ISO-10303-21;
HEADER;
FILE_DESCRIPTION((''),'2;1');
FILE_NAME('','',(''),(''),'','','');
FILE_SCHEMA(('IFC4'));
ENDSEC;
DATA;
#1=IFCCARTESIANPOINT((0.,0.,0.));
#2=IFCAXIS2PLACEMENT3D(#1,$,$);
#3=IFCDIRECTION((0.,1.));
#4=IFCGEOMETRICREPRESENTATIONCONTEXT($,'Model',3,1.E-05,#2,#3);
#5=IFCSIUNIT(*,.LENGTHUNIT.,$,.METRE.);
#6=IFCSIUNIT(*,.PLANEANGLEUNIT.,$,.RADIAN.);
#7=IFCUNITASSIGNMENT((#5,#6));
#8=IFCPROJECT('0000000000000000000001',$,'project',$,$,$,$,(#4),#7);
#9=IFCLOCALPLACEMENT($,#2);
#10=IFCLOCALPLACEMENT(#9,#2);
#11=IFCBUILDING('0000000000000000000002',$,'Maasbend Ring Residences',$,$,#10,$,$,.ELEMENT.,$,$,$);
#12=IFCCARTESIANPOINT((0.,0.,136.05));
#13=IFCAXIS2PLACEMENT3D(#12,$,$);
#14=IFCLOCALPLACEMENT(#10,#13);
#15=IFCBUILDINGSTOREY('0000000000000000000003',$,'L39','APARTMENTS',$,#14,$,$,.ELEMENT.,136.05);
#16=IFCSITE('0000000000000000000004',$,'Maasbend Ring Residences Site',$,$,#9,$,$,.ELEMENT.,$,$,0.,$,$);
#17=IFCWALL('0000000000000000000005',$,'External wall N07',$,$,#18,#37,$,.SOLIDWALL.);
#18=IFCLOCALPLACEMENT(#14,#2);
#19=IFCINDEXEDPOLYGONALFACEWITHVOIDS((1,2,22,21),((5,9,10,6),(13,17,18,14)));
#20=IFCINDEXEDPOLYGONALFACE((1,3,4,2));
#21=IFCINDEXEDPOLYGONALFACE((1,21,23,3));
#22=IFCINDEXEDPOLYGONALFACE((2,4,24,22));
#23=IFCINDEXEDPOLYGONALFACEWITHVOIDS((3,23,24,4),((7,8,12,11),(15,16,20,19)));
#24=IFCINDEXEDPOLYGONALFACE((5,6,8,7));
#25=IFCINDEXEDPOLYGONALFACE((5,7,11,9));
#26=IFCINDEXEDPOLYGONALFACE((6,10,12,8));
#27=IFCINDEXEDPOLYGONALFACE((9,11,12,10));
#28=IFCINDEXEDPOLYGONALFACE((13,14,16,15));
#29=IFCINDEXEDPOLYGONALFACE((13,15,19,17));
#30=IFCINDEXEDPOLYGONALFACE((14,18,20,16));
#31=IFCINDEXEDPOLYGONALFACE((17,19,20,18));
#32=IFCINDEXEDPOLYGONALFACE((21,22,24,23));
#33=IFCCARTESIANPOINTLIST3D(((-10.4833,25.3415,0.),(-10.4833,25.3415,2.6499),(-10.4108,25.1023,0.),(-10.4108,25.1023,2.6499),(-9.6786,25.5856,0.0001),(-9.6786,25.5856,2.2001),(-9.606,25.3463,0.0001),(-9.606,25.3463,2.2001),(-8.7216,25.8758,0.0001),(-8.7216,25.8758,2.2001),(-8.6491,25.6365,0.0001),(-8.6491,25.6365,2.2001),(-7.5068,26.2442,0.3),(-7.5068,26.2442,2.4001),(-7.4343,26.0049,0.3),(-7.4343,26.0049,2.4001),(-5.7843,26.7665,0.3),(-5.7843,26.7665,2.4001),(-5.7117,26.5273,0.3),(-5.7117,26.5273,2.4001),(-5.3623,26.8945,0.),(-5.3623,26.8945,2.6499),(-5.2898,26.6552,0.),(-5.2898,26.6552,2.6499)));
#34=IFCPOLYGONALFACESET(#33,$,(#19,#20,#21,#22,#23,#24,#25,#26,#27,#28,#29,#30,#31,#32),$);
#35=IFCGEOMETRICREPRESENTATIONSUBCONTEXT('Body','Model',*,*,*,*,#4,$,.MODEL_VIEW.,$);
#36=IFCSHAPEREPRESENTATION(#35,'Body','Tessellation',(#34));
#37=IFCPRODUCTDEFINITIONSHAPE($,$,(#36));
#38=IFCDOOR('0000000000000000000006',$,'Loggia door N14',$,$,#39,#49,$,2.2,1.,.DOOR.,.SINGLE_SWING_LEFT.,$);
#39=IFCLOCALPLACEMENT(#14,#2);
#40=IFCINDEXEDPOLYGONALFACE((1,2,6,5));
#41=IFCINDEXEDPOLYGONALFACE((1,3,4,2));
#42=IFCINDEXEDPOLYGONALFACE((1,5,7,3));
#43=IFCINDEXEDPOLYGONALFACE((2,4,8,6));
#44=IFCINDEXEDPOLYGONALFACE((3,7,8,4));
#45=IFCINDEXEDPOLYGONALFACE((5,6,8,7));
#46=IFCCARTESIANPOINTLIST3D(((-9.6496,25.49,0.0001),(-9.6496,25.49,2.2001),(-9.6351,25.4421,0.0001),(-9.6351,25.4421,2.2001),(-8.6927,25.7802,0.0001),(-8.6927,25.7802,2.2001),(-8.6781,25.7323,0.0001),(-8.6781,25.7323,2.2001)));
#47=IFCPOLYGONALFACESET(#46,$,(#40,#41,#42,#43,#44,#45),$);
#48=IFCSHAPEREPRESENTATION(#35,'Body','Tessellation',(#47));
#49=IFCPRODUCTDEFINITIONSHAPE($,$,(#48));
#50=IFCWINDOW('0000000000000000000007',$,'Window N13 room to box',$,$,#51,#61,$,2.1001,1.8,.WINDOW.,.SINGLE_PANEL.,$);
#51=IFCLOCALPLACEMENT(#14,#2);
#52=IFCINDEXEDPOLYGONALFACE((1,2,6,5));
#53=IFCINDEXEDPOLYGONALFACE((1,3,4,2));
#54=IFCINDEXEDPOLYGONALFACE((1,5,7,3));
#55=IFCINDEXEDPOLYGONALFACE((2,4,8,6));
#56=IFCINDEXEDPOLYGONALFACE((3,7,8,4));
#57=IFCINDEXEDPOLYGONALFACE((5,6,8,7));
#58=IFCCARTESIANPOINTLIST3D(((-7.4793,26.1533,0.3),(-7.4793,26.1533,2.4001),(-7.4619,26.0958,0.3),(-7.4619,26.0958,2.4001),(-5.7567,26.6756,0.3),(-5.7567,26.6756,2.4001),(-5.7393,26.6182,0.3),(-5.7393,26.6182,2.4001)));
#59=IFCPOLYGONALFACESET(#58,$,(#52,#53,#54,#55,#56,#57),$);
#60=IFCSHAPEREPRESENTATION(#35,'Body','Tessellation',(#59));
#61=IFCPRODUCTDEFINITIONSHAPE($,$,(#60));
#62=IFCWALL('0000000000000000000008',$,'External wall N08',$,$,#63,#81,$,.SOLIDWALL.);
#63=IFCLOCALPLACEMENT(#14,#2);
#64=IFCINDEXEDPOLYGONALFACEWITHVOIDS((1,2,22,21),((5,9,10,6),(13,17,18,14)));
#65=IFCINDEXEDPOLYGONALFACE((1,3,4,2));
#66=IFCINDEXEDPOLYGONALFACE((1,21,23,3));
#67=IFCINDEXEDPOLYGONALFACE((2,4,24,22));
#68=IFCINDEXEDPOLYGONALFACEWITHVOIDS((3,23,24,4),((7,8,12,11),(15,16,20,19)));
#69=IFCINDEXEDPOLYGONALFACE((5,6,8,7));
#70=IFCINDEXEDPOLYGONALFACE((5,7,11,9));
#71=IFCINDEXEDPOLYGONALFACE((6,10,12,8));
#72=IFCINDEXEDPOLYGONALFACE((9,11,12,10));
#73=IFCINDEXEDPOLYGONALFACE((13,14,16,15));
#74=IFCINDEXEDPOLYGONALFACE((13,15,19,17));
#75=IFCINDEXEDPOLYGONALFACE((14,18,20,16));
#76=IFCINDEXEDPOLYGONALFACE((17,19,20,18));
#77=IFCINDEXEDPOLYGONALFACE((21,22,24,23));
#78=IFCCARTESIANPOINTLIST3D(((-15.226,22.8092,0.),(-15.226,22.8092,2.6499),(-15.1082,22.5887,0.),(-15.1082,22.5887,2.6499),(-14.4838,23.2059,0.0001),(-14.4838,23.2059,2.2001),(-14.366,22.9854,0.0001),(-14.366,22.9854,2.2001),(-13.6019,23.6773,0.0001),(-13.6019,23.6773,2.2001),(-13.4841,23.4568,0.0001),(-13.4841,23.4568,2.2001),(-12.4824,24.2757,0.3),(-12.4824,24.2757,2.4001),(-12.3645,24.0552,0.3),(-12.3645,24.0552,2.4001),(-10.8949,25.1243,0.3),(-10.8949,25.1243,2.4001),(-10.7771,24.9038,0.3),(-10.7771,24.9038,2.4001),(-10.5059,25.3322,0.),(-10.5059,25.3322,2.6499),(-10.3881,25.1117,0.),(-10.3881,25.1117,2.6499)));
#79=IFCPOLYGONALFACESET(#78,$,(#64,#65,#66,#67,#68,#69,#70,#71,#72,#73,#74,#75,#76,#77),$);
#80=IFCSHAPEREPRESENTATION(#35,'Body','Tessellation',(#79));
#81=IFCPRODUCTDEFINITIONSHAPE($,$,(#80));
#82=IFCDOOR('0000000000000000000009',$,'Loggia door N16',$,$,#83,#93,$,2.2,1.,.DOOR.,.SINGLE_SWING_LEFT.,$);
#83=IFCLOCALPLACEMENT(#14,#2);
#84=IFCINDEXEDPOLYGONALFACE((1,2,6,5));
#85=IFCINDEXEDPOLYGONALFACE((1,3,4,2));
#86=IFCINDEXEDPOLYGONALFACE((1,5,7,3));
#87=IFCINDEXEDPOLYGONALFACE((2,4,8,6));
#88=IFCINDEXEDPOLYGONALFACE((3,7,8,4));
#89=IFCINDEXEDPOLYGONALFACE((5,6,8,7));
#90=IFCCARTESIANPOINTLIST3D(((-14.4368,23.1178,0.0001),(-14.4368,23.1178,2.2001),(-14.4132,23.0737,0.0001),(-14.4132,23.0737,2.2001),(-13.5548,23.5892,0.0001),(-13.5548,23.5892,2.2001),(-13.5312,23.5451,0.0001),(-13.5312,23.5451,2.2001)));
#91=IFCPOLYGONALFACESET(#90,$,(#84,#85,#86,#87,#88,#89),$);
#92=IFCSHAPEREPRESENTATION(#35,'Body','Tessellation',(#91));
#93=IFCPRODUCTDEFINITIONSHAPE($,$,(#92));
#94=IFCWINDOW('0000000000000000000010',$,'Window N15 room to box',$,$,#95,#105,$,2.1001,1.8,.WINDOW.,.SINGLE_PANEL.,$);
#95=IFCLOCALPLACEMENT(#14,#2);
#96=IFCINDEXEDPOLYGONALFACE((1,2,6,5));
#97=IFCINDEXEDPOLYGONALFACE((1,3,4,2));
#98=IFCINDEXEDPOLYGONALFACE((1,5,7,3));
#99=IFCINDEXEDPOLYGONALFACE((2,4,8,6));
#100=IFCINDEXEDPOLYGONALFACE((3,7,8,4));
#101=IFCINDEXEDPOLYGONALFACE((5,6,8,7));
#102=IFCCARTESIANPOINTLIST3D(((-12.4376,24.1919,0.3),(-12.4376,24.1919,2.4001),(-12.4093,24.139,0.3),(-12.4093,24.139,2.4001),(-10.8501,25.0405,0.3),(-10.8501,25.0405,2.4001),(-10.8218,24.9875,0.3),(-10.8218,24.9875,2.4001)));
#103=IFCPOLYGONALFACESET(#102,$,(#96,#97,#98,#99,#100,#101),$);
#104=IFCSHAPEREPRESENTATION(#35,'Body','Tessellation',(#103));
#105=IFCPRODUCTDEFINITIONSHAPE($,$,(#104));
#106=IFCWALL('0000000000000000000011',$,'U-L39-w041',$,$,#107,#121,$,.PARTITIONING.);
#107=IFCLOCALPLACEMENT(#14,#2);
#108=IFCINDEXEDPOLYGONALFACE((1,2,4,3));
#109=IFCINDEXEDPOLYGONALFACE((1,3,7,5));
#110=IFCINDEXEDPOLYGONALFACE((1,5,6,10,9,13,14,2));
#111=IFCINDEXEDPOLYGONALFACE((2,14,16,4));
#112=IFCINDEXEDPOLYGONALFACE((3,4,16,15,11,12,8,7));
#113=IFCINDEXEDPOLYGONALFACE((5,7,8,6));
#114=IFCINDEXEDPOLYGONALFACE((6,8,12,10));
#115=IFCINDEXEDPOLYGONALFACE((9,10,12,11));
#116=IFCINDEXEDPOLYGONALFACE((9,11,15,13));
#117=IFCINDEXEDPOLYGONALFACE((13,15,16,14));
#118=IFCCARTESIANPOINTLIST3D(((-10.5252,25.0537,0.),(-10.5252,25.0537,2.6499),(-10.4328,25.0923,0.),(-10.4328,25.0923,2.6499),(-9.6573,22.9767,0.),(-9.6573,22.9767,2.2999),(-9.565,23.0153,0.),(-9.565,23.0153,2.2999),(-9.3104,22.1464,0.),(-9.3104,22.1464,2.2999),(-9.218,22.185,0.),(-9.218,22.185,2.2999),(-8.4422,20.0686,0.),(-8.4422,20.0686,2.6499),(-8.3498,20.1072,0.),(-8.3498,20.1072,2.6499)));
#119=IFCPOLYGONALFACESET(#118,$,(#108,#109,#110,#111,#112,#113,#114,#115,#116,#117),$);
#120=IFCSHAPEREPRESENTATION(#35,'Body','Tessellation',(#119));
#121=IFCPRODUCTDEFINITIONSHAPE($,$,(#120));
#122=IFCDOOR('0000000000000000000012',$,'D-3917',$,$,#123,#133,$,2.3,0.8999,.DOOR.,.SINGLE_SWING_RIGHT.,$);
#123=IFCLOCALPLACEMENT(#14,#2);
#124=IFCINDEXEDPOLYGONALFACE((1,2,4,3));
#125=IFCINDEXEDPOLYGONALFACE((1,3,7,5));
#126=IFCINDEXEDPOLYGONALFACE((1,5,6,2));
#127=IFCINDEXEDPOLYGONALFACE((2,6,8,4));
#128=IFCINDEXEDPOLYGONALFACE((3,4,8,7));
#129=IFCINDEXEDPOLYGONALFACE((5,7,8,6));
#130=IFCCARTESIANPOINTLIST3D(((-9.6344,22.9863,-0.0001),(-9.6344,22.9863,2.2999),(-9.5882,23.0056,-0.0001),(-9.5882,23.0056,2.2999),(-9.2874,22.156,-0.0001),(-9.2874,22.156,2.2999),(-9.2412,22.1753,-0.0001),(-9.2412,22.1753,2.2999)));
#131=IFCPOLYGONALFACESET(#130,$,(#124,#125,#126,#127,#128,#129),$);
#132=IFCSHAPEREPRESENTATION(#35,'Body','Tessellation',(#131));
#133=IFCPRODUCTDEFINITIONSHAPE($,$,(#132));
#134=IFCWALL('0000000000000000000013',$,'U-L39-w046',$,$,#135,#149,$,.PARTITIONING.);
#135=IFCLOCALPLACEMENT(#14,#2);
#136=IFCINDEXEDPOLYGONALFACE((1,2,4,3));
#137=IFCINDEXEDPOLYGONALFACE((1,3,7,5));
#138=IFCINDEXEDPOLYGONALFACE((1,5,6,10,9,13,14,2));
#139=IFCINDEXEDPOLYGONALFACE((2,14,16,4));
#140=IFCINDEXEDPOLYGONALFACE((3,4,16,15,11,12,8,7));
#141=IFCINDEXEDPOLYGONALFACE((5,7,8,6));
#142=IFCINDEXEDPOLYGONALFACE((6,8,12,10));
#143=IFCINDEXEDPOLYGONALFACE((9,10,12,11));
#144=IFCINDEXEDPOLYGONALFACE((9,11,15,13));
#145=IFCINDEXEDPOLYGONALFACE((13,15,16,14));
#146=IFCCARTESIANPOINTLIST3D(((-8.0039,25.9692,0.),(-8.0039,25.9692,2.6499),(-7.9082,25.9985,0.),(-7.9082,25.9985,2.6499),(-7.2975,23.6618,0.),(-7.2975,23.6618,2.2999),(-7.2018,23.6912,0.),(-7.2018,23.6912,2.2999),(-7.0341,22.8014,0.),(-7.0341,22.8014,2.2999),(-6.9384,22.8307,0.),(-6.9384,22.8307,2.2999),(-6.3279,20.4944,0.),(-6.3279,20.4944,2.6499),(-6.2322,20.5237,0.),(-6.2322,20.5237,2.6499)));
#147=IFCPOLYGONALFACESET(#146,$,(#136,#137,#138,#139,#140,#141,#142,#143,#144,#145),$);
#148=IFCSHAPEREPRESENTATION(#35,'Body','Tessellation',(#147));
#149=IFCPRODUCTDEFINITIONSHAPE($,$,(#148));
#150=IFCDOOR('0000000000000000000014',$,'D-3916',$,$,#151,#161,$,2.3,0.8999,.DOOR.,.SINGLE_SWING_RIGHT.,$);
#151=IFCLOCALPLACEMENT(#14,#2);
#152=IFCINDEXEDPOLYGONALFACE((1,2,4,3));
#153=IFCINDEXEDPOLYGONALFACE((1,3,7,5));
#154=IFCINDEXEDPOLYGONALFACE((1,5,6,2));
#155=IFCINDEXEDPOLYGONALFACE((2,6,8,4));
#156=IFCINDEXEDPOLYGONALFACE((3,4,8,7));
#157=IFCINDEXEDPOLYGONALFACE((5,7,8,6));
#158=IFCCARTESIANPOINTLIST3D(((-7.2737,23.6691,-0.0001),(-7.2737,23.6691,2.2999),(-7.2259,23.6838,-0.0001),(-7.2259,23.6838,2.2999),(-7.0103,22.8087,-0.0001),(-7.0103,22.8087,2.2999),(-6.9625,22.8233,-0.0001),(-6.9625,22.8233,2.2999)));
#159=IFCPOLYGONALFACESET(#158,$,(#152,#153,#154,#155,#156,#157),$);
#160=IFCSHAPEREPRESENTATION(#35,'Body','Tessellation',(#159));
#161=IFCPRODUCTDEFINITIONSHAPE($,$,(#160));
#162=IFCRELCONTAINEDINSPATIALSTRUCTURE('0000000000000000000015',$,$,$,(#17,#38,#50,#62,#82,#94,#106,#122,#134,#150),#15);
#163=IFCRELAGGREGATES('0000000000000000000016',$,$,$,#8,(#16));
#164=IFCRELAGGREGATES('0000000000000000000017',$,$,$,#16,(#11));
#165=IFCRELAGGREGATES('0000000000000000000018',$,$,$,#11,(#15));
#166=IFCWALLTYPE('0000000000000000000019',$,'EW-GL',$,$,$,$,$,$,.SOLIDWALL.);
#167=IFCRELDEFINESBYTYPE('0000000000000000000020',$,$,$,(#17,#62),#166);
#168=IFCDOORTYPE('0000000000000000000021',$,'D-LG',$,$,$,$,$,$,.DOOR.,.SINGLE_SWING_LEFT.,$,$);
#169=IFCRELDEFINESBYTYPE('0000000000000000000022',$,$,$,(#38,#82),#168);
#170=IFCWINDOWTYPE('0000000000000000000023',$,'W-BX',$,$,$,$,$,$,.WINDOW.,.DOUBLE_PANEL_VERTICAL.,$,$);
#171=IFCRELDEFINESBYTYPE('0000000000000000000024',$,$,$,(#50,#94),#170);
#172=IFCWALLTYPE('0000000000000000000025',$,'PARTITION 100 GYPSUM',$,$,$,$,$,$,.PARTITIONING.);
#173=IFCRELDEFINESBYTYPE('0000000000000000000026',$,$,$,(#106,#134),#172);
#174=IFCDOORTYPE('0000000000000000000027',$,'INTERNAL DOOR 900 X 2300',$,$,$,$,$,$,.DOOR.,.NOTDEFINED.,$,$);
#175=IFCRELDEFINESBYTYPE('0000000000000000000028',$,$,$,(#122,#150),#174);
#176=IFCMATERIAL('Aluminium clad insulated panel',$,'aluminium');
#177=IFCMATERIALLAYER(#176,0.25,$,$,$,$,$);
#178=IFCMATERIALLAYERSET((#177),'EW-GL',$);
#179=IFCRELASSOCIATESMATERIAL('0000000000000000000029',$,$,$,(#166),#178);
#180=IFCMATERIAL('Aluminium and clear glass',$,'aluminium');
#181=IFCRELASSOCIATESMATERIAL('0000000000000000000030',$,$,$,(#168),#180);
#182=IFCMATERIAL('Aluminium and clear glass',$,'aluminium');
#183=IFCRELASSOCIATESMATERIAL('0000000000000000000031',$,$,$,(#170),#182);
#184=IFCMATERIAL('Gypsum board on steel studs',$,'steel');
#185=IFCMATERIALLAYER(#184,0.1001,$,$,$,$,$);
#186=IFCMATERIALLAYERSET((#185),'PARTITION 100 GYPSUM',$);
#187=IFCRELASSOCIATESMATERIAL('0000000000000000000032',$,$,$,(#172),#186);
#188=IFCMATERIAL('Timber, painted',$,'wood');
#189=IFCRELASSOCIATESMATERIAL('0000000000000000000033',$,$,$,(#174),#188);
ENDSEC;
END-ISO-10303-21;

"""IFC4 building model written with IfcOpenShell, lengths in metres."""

from ifc_helpers import new_model, si_unit, direction, frame, frame_2d, origin, place, context, subcontext, project, spatial, rectangle, extrude, material, layer, layer_set, type_object, element, fill, save


model = new_model("IFC4")

# Units and contexts
model_context = context("Model", 3, precision=1e-05, world=origin(), true_north=direction((0.0, 1.0)))
body_context = subcontext(model_context, "Body", "Model", "MODEL_VIEW")
ifc_project = project(units=[si_unit("LENGTHUNIT", "METRE"), si_unit("PLANEANGLEUNIT", "RADIAN")], contexts=[model_context])

# Site, building, storey
site_placement = place(None, origin())
site = spatial("IfcSite", under=ifc_project, at=site_placement, Name="Maasbend Ring Residences Site", CompositionType="ELEMENT", RefElevation=0.0)
building_placement = place(site_placement, origin())
building = spatial("IfcBuilding", under=site, at=building_placement, Name="Maasbend Ring Residences", CompositionType="ELEMENT")
storey_placement = place(building_placement, frame((0.0, 0.0, 136.05)))
storey = spatial("IfcBuildingStorey", under=building, at=storey_placement, Name="L39", Description="APARTMENTS", CompositionType="ELEMENT", Elevation=136.05)

# Walls, openings, doors, windows
ifc_material_1 = material(Name="Aluminium clad insulated panel", Category="aluminium")
ifc_layer_1 = layer(ifc_material_1, 0.25)
ifc_layer_set_1 = layer_set([ifc_layer_1], Name="EW-GL")
wall_type_1 = type_object("IfcWallType", Name="EW-GL", PredefinedType="SOLIDWALL", material=ifc_layer_set_1)
wall_1_placement = place(storey_placement, frame((-5.3259, 26.7749, 0.0), z_axis=(0.0, 0.0, 1.0), x_axis=(-0.956966, -0.290201, 0.0)))
wall_1 = element("IfcWall", 1, at=wall_1_placement, inside=storey, type_object=wall_type_1, Name="External wall N07", PredefinedType="SOLIDWALL", context=body_context, shape_type="SweptSolid", body=[
    extrude(rectangle(XDim=5.3513, YDim=0.25, at=frame_2d((2.6758, 0.0))), origin(), (0.0, 0.0, 1.0), 2.6499),
])
opening_1_placement = place(wall_1_placement, frame((0.4412, 0.0, 0.3)))
opening_1 = element("IfcOpeningElement", 2, at=opening_1_placement, cuts=wall_1, PredefinedType="OPENING", context=body_context, shape_type="SweptSolid", body=[
    extrude(rectangle(XDim=1.8, YDim=2.1001, at=frame_2d((0.8999, 1.05))), frame((0.0, 0.135, 0.0), z_axis=(0.0, -1.0, 0.0), x_axis=(1.0, 0.0, 0.0)), (0.0, 0.0, 1.0), 0.27),
])
opening_2_placement = place(wall_1_placement, frame((3.5105, 0.0, 0.0)))
opening_2 = element("IfcOpeningElement", 3, at=opening_2_placement, cuts=wall_1, PredefinedType="OPENING", context=body_context, shape_type="SweptSolid", body=[
    extrude(rectangle(XDim=1.0, YDim=2.2, at=frame_2d((0.5, 1.1001))), frame((0.0, 0.135, 0.0), z_axis=(0.0, -1.0, 0.0), x_axis=(1.0, 0.0, 0.0)), (0.0, 0.0, 1.0), 0.27),
])
ifc_material_2 = material(Name="Aluminium and clear glass", Category="aluminium")
door_type_1 = type_object("IfcDoorType", Name="D-LG", OperationType="SINGLE_SWING_LEFT", PredefinedType="DOOR", material=ifc_material_2)
door_1_placement = place(opening_2_placement, origin())
door_1 = element("IfcDoor", 4, at=door_1_placement, inside=storey, type_object=door_type_1, Name="Loggia door N14", OperationType="SINGLE_SWING_LEFT", OverallHeight=2.2, OverallWidth=1.0, PredefinedType="DOOR", context=body_context, shape_type="SweptSolid", body=[
    extrude(rectangle(XDim=1.0, YDim=2.2, at=frame_2d((0.5, 1.1001))), frame((0.0, 0.0249, 0.0), z_axis=(0.0, -1.0, 0.0), x_axis=(1.0, 0.0, 0.0)), (0.0, 0.0, 1.0), 0.05),
])
fill(opening_2, door_1)
ifc_material_3 = material(Name="Aluminium and clear glass", Category="aluminium")
window_type_1 = type_object("IfcWindowType", Name="W-BX", PartitioningType="DOUBLE_PANEL_VERTICAL", PredefinedType="WINDOW", material=ifc_material_3)
window_1_placement = place(opening_1_placement, origin())
window_1 = element("IfcWindow", 5, at=window_1_placement, inside=storey, type_object=window_type_1, Name="Window N13 room to box", OverallHeight=2.1001, OverallWidth=1.8, PartitioningType="SINGLE_PANEL", PredefinedType="WINDOW", context=body_context, shape_type="SweptSolid", body=[
    extrude(rectangle(XDim=1.8, YDim=2.1001, at=frame_2d((0.8999, 1.05))), frame((0.0, 0.03, 0.0), z_axis=(0.0, -1.0, 0.0), x_axis=(1.0, 0.0, 0.0)), (0.0, 0.0, 1.0), 0.0601),
])
fill(opening_1, window_1)
wall_2_placement = place(storey_placement, frame((-10.447, 25.2219, 0.0), z_axis=(0.0, 0.0, 1.0), x_axis=(-0.881916, -0.471407, 0.0)))
wall_2 = element("IfcWall", 6, at=wall_2_placement, inside=storey, type_object=wall_type_1, Name="External wall N08", PredefinedType="SOLIDWALL", context=body_context, shape_type="SweptSolid", body=[
    extrude(rectangle(XDim=5.3521, YDim=0.25, at=frame_2d((2.676, 0.0))), origin(), (0.0, 0.0, 1.0), 2.6499),
])
opening_3_placement = place(wall_2_placement, frame((0.4412, 0.0, 0.3)))
opening_3 = element("IfcOpeningElement", 7, at=opening_3_placement, cuts=wall_2, PredefinedType="OPENING", context=body_context, shape_type="SweptSolid", body=[
    extrude(rectangle(XDim=1.8, YDim=2.1001, at=frame_2d((0.8999, 1.05))), frame((0.0, 0.135, 0.0), z_axis=(0.0, -1.0, 0.0), x_axis=(1.0, 0.0, 0.0)), (0.0, 0.0, 1.0), 0.27),
])
opening_4_placement = place(wall_2_placement, frame((3.5105, 0.0, 0.0)))
opening_4 = element("IfcOpeningElement", 8, at=opening_4_placement, cuts=wall_2, PredefinedType="OPENING", context=body_context, shape_type="SweptSolid", body=[
    extrude(rectangle(XDim=1.0, YDim=2.2, at=frame_2d((0.5, 1.1001))), frame((0.0, 0.135, 0.0), z_axis=(0.0, -1.0, 0.0), x_axis=(1.0, 0.0, 0.0)), (0.0, 0.0, 1.0), 0.27),
])
door_2_placement = place(opening_4_placement, origin())
door_2 = element("IfcDoor", 9, at=door_2_placement, inside=storey, type_object=door_type_1, Name="Loggia door N16", OperationType="SINGLE_SWING_LEFT", OverallHeight=2.2, OverallWidth=1.0, PredefinedType="DOOR", context=body_context, shape_type="SweptSolid", body=[
    extrude(rectangle(XDim=1.0, YDim=2.2, at=frame_2d((0.5, 1.1001))), frame((0.0, 0.0249, 0.0), z_axis=(0.0, -1.0, 0.0), x_axis=(1.0, 0.0, 0.0)), (0.0, 0.0, 1.0), 0.05),
])
fill(opening_4, door_2)
window_2_placement = place(opening_3_placement, origin())
window_2 = element("IfcWindow", 10, at=window_2_placement, inside=storey, type_object=window_type_1, Name="Window N15 room to box", OverallHeight=2.1001, OverallWidth=1.8, PartitioningType="SINGLE_PANEL", PredefinedType="WINDOW", context=body_context, shape_type="SweptSolid", body=[
    extrude(rectangle(XDim=1.8, YDim=2.1001, at=frame_2d((0.8999, 1.05))), frame((0.0, 0.03, 0.0), z_axis=(0.0, -1.0, 0.0), x_axis=(1.0, 0.0, 0.0)), (0.0, 0.0, 1.0), 0.0601),
])
fill(opening_3, window_2)

# Walls, openings, doors
ifc_material_4 = material(Name="Gypsum board on steel studs", Category="steel")
ifc_layer_2 = layer(ifc_material_4, 0.1001)
ifc_layer_set_2 = layer_set([ifc_layer_2], Name="PARTITION 100 GYPSUM")
wall_type_2 = type_object("IfcWallType", Name="PARTITION 100 GYPSUM", PredefinedType="PARTITIONING", material=ifc_layer_set_2)
wall_3_placement = place(storey_placement, frame((-10.479, 25.073, 0.0), z_axis=(0.0, 0.0, 1.0), x_axis=(0.385542, -0.92269, 0.0)))
wall_3 = element("IfcWall", 11, at=wall_3_placement, inside=storey, type_object=wall_type_2, Name="U-L39-w041", PredefinedType="PARTITIONING", context=body_context, shape_type="SweptSolid", body=[
    extrude(rectangle(XDim=5.4028, YDim=0.1001, at=frame_2d((2.7014, 0.0))), origin(), (0.0, 0.0, 1.0), 2.6499),
])
opening_5_placement = place(wall_3_placement, frame((2.251, 0.0, 0.0)))
opening_5 = element("IfcOpeningElement", 12, at=opening_5_placement, cuts=wall_3, PredefinedType="OPENING", context=body_context, shape_type="SweptSolid", body=[
    extrude(rectangle(XDim=0.8999, YDim=2.3, at=frame_2d((0.45, 1.1499))), frame((0.0, 0.0601, 0.0), z_axis=(0.0, -1.0, 0.0), x_axis=(1.0, 0.0, 0.0)), (0.0, 0.0, 1.0), 0.1201),
])
ifc_material_5 = material(Name="Timber, painted", Category="wood")
door_type_2 = type_object("IfcDoorType", Name="INTERNAL DOOR 900 X 2300", OperationType="NOTDEFINED", PredefinedType="DOOR", material=ifc_material_5)
door_3_placement = place(opening_5_placement, origin())
door_3 = element("IfcDoor", 13, at=door_3_placement, inside=storey, type_object=door_type_2, Name="D-3917", OperationType="SINGLE_SWING_RIGHT", OverallHeight=2.3, OverallWidth=0.8999, PredefinedType="DOOR", context=body_context, shape_type="SweptSolid", body=[
    extrude(rectangle(XDim=0.8999, YDim=2.3, at=frame_2d((0.45, 1.1499))), frame((0.0, 0.0249, 0.0), z_axis=(0.0, -1.0, 0.0), x_axis=(1.0, 0.0, 0.0)), (0.0, 0.0, 1.0), 0.05),
])
fill(opening_5, door_3)
wall_4_placement = place(storey_placement, frame((-7.9561, 25.9839, 0.0), z_axis=(0.0, 0.0, 1.0), x_axis=(0.292722, -0.956198, 0.0)))
wall_4 = element("IfcWall", 14, at=wall_4_placement, inside=storey, type_object=wall_type_2, Name="U-L39-w046", PredefinedType="PARTITIONING", context=body_context, shape_type="SweptSolid", body=[
    extrude(rectangle(XDim=5.7256, YDim=0.1001, at=frame_2d((2.8628, 0.0))), origin(), (0.0, 0.0, 1.0), 2.6499),
])
opening_6_placement = place(wall_4_placement, frame((2.4131, 0.0, 0.0)))
opening_6 = element("IfcOpeningElement", 15, at=opening_6_placement, cuts=wall_4, PredefinedType="OPENING", context=body_context, shape_type="SweptSolid", body=[
    extrude(rectangle(XDim=0.8999, YDim=2.3, at=frame_2d((0.45, 1.1499))), frame((0.0, 0.0601, 0.0), z_axis=(0.0, -1.0, 0.0), x_axis=(1.0, 0.0, 0.0)), (0.0, 0.0, 1.0), 0.1201),
])
door_4_placement = place(opening_6_placement, origin())
door_4 = element("IfcDoor", 16, at=door_4_placement, inside=storey, type_object=door_type_2, Name="D-3916", OperationType="SINGLE_SWING_RIGHT", OverallHeight=2.3, OverallWidth=0.8999, PredefinedType="DOOR", context=body_context, shape_type="SweptSolid", body=[
    extrude(rectangle(XDim=0.8999, YDim=2.3, at=frame_2d((0.45, 1.1499))), frame((0.0, 0.0249, 0.0), z_axis=(0.0, -1.0, 0.0), x_axis=(1.0, 0.0, 0.0)), (0.0, 0.0, 1.0), 0.05),
])
fill(opening_6, door_4)

save(model, "model.ifc")
